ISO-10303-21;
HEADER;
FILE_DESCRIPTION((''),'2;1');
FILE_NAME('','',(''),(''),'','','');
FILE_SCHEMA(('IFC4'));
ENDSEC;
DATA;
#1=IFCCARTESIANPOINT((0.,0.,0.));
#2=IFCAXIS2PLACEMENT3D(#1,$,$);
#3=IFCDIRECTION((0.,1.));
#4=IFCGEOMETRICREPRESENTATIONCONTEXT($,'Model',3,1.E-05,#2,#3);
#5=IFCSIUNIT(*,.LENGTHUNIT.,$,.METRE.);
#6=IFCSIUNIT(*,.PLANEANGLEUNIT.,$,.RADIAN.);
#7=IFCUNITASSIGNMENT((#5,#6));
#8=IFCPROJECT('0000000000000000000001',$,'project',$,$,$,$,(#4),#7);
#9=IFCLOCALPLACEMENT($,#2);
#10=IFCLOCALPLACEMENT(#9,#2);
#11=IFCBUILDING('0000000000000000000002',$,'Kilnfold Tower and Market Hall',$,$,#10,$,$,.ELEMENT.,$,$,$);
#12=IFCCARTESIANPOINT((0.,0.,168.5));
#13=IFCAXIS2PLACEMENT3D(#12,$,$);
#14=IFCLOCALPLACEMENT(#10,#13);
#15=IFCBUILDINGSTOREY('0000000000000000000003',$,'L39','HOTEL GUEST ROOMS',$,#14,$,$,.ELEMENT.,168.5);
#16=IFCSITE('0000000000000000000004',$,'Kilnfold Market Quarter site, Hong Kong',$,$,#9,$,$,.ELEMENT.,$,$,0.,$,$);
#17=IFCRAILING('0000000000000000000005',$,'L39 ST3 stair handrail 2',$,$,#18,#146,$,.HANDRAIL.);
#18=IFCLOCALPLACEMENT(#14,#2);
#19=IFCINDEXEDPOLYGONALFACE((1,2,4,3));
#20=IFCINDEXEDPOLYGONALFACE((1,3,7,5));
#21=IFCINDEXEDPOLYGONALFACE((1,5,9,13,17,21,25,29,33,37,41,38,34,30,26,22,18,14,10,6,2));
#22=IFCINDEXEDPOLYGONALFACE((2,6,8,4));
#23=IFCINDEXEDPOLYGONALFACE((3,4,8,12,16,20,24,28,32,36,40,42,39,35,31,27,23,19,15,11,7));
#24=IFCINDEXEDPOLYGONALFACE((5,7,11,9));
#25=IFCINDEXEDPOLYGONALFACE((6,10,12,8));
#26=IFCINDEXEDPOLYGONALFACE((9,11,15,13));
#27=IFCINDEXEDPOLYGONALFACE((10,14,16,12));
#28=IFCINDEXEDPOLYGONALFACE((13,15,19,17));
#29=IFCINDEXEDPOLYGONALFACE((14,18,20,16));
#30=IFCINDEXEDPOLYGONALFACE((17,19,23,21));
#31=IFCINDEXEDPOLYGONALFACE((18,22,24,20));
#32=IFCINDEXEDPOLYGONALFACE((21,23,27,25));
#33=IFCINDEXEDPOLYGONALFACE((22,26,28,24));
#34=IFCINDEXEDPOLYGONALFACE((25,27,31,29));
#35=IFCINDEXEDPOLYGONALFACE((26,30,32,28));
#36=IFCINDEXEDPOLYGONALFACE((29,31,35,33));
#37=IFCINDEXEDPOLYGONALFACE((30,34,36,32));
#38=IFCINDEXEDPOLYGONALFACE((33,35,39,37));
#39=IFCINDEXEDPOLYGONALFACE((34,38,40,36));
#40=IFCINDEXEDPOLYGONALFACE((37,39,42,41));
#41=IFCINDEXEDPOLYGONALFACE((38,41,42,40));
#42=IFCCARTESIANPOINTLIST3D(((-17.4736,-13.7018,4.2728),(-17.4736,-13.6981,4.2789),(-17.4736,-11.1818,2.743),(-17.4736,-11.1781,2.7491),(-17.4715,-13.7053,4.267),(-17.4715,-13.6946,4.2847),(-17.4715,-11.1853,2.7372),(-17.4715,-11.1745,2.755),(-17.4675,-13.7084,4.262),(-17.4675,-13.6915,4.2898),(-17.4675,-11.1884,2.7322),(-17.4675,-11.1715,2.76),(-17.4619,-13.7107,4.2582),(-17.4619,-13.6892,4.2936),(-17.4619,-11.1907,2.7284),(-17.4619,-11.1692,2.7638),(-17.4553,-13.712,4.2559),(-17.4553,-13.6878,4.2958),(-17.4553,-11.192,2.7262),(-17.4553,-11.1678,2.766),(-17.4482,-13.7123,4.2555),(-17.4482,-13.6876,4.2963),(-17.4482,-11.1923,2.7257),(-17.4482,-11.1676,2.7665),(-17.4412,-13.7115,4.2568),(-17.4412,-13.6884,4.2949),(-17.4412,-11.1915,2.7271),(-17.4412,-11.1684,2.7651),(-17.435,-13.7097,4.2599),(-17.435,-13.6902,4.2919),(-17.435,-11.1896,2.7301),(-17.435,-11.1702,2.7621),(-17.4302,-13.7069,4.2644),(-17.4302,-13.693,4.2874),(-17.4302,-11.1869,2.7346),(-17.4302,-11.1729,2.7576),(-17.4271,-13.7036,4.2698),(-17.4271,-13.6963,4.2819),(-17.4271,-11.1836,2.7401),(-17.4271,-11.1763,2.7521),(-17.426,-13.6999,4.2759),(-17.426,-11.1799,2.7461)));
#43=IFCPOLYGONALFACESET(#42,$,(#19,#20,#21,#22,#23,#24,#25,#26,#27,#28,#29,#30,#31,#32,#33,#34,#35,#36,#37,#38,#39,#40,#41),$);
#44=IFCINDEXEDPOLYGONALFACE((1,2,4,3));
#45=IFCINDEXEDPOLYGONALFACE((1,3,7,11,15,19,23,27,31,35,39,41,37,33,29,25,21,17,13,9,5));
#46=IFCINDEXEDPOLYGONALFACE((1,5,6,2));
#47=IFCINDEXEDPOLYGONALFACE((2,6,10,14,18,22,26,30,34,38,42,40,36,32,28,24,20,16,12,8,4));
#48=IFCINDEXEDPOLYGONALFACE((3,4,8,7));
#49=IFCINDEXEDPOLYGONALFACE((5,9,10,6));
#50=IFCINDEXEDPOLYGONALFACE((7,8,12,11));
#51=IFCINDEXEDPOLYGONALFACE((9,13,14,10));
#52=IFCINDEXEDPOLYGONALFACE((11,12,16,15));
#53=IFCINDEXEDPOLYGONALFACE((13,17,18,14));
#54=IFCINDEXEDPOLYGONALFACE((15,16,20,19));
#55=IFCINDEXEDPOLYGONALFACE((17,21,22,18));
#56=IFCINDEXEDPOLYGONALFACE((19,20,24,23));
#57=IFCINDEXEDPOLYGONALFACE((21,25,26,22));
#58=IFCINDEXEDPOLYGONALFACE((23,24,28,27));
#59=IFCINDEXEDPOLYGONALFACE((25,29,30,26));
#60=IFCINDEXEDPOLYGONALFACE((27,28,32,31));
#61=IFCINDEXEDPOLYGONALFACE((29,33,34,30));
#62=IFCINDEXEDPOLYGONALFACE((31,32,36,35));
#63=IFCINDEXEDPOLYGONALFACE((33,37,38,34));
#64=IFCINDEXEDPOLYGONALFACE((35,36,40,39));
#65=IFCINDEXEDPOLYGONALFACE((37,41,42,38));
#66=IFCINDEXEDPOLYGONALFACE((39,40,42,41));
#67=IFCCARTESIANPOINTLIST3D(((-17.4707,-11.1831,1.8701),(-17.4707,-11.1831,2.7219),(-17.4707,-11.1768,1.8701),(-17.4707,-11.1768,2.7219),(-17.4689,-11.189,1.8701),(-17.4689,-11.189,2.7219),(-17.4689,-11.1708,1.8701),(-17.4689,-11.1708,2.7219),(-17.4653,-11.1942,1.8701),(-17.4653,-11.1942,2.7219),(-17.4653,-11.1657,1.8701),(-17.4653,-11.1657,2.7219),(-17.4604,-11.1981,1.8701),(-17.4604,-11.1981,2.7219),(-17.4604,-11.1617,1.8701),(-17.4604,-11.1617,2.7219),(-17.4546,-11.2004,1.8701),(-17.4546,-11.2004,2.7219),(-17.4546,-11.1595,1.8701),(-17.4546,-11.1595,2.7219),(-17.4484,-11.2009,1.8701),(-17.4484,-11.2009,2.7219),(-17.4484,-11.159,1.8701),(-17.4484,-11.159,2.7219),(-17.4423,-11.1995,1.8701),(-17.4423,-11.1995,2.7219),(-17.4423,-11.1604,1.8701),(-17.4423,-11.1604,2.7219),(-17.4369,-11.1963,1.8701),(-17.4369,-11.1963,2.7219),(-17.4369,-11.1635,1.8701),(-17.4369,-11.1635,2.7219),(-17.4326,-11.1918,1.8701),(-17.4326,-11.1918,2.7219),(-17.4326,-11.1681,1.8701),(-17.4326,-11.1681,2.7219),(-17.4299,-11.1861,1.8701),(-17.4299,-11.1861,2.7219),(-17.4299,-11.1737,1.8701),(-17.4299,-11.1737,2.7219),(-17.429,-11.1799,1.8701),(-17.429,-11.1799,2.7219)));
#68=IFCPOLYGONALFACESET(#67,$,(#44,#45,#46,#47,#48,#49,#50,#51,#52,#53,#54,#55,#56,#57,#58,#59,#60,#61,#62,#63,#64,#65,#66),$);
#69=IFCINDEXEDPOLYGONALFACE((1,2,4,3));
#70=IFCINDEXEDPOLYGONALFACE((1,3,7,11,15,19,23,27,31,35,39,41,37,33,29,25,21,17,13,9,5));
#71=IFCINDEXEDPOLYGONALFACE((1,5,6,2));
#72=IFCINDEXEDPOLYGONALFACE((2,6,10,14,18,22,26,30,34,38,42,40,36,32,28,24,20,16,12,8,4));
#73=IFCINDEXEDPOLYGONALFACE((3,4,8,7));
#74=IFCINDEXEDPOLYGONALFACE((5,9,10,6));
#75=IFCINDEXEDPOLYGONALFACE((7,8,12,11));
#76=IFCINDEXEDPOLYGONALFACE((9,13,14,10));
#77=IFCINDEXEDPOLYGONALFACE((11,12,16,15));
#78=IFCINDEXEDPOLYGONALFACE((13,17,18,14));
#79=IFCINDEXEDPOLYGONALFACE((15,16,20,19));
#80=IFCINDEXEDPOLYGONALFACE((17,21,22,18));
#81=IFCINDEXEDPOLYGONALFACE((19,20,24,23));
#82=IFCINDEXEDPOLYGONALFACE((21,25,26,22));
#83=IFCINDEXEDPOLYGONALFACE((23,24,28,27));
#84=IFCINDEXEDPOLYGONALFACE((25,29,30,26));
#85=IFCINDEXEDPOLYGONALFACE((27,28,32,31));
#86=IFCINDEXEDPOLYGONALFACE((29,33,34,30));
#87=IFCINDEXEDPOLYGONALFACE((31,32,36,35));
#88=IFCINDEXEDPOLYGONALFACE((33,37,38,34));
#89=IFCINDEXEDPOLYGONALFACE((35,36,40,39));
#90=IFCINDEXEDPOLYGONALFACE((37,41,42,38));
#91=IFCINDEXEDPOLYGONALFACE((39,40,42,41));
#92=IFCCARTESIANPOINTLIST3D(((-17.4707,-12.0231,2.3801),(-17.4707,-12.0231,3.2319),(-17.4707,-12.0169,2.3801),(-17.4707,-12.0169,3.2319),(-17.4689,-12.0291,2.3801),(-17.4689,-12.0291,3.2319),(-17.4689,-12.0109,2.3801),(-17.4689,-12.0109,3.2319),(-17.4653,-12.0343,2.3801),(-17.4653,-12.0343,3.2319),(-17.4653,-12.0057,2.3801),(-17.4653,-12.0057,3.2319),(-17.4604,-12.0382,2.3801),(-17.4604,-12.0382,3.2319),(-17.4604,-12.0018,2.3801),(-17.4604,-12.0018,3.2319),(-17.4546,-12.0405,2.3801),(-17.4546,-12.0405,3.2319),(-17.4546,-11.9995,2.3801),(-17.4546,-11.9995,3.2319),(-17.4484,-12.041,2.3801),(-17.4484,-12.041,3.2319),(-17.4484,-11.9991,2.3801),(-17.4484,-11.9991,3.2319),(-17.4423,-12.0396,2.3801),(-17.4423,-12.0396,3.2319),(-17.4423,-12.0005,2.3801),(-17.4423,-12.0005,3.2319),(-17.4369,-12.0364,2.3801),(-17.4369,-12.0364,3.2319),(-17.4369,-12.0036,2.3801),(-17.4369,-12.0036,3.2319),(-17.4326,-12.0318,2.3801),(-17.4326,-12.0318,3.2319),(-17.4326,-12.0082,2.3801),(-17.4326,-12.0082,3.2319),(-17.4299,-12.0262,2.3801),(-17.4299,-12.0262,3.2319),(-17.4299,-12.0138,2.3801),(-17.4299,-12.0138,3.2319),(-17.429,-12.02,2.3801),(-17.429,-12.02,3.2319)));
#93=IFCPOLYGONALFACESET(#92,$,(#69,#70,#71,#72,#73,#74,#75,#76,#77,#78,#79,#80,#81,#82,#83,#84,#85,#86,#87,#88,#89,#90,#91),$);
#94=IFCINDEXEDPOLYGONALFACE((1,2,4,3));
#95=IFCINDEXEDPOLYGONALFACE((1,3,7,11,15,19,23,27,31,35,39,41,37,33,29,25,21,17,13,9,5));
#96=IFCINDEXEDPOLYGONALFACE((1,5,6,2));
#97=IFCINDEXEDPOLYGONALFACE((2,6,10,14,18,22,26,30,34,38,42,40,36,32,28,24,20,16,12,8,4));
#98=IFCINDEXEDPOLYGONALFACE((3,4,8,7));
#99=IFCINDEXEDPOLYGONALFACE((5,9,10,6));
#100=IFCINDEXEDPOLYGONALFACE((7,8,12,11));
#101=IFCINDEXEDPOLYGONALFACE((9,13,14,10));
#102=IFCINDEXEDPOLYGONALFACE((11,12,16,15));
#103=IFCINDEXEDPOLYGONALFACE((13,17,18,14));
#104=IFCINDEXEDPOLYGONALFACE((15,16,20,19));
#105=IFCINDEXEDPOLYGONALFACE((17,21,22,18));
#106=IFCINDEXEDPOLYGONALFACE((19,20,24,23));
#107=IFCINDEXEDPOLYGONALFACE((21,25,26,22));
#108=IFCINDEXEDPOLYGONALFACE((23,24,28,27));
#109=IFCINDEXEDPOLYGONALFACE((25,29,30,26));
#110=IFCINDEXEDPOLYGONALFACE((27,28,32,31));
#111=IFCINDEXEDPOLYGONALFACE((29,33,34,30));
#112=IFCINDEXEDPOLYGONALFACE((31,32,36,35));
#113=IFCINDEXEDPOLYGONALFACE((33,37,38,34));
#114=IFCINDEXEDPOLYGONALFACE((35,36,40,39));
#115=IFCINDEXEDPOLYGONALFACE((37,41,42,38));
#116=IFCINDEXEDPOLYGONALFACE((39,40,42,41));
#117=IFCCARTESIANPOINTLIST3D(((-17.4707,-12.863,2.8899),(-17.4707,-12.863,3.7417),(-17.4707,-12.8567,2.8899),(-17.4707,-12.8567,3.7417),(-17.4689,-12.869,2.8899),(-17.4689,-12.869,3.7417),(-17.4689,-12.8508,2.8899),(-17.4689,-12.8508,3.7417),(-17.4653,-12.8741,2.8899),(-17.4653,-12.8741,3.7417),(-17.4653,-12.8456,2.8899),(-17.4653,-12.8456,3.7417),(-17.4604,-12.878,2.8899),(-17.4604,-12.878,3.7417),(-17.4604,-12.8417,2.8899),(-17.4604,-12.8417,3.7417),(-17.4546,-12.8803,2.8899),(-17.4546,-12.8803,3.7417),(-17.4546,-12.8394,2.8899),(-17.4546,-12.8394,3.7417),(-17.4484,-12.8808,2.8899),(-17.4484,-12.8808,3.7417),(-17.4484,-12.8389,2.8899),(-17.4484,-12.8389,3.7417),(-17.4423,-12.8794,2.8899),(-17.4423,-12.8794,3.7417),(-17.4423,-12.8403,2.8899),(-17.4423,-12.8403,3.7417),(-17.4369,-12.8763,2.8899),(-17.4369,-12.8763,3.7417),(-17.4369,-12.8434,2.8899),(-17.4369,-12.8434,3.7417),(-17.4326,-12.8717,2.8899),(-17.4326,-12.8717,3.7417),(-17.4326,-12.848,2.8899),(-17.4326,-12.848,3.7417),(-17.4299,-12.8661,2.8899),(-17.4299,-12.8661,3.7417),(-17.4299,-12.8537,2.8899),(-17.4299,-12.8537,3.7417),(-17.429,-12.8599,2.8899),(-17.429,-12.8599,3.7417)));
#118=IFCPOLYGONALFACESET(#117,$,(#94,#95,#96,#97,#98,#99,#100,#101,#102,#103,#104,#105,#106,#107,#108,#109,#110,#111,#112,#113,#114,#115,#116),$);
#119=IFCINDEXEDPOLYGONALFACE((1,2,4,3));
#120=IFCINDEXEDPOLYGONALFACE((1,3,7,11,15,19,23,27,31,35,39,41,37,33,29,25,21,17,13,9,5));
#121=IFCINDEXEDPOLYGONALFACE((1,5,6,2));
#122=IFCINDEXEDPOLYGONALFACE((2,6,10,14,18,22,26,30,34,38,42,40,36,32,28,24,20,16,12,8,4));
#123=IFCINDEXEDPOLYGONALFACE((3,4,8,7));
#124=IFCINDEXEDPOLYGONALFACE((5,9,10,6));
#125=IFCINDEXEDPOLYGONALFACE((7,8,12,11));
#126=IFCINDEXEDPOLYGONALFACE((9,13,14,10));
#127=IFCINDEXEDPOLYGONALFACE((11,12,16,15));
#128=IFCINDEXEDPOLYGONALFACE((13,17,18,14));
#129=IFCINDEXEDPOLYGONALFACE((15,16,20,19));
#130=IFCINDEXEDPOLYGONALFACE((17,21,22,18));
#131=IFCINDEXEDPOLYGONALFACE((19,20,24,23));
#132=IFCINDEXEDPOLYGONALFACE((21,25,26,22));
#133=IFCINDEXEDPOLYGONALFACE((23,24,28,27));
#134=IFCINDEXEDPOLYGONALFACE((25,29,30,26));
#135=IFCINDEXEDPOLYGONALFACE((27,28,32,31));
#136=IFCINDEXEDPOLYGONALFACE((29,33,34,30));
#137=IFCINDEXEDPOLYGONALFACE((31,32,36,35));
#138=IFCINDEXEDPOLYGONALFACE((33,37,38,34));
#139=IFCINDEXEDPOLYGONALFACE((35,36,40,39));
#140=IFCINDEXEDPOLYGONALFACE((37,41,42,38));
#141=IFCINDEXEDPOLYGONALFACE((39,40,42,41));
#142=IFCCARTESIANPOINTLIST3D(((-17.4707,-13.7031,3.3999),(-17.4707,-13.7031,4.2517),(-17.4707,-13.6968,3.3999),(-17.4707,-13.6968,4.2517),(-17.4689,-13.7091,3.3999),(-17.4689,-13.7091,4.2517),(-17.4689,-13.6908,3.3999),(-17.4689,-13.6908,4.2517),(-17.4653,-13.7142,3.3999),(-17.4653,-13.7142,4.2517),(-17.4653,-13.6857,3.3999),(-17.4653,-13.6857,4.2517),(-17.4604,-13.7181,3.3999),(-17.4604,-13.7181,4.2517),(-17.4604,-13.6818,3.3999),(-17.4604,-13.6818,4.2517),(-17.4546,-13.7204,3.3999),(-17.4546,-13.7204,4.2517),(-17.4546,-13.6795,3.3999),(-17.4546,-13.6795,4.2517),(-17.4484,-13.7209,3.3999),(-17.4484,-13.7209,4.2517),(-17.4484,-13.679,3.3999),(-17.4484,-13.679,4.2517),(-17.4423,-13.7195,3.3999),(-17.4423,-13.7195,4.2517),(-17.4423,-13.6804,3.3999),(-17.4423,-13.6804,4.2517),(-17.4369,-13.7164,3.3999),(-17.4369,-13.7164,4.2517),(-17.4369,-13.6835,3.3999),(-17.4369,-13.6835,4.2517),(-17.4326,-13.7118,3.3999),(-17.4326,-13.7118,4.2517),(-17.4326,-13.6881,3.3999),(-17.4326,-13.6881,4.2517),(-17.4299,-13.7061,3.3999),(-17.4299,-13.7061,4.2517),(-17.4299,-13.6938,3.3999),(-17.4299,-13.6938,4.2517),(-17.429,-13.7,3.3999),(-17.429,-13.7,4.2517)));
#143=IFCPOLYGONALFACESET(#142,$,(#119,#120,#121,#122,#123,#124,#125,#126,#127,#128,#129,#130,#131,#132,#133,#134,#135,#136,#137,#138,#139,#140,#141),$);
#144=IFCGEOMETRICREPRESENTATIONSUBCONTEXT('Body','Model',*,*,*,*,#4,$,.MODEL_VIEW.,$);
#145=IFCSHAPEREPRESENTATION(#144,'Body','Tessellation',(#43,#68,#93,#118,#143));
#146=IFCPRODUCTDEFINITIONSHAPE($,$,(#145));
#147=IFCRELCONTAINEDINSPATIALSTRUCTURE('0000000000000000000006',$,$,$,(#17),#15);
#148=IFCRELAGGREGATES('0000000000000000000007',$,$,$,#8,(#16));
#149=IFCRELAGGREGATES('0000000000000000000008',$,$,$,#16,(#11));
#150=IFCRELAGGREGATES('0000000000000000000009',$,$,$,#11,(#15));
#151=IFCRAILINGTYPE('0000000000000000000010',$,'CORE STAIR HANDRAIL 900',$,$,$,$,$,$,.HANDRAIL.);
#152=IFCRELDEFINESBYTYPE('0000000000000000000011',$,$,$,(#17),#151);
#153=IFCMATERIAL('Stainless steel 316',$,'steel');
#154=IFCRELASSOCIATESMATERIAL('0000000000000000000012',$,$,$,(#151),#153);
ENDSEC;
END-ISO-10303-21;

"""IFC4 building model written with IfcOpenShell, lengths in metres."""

from ifc_helpers import new_model, si_unit, direction, frame, origin, origin_2d, place, context, subcontext, project, spatial, circle, extrude, material, type_object, element, save


model = new_model("IFC4")

# Units and contexts
model_context = context("Model", 3, precision=1e-05, world=origin(), true_north=direction((0.0, 1.0)))
body_context = subcontext(model_context, "Body", "Model", "MODEL_VIEW")
ifc_project = project(units=[si_unit("LENGTHUNIT", "METRE"), si_unit("PLANEANGLEUNIT", "RADIAN")], contexts=[model_context])

# Site, building, storey
site_placement = place(None, origin())
site = spatial("IfcSite", under=ifc_project, at=site_placement, Name="Kilnfold Market Quarter site, Hong Kong", CompositionType="ELEMENT", RefElevation=0.0)
building_placement = place(site_placement, origin())
building = spatial("IfcBuilding", under=site, at=building_placement, Name="Kilnfold Tower and Market Hall", CompositionType="ELEMENT")
storey_placement = place(building_placement, frame((0.0, 0.0, 168.5)))
storey = spatial("IfcBuildingStorey", under=building, at=storey_placement, Name="L39", Description="HOTEL GUEST ROOMS", CompositionType="ELEMENT", Elevation=168.5)

# Railing
ifc_material_1 = material(Name="Stainless steel 316", Category="steel")
railing_type_1 = type_object("IfcRailingType", Name="CORE STAIR HANDRAIL 900", PredefinedType="HANDRAIL", material=ifc_material_1)
railing_1_placement = place(storey_placement, frame((-17.45, -11.1799, 1.8701)))
element("IfcRailing", 1, at=railing_1_placement, inside=storey, type_object=railing_type_1, Name="L39 ST3 stair handrail 2", PredefinedType="HANDRAIL", context=body_context, shape_type="SweptSolid", body=[
    extrude(circle(Radius=0.0239, at=origin_2d()), frame((0.0, 0.0, 0.876), z_axis=(0.0, -0.854822, 0.518922), x_axis=(1.0, 0.0, 0.0)), (0.0, 0.0, 1.0), 2.948),
    extrude(circle(Radius=0.021, at=origin_2d()), origin(), (0.0, 0.0, 1.0), 0.8518),
    extrude(circle(Radius=0.021, at=origin_2d()), frame((0.0, -0.8401, 0.51)), (0.0, 0.0, 1.0), 0.8518),
    extrude(circle(Radius=0.021, at=origin_2d()), frame((0.0, -1.6799, 1.0198)), (0.0, 0.0, 1.0), 0.8518),
    extrude(circle(Radius=0.021, at=origin_2d()), frame((0.0, -2.52, 1.5298)), (0.0, 0.0, 1.0), 0.8518),
])

save(model, "model.ifc")
